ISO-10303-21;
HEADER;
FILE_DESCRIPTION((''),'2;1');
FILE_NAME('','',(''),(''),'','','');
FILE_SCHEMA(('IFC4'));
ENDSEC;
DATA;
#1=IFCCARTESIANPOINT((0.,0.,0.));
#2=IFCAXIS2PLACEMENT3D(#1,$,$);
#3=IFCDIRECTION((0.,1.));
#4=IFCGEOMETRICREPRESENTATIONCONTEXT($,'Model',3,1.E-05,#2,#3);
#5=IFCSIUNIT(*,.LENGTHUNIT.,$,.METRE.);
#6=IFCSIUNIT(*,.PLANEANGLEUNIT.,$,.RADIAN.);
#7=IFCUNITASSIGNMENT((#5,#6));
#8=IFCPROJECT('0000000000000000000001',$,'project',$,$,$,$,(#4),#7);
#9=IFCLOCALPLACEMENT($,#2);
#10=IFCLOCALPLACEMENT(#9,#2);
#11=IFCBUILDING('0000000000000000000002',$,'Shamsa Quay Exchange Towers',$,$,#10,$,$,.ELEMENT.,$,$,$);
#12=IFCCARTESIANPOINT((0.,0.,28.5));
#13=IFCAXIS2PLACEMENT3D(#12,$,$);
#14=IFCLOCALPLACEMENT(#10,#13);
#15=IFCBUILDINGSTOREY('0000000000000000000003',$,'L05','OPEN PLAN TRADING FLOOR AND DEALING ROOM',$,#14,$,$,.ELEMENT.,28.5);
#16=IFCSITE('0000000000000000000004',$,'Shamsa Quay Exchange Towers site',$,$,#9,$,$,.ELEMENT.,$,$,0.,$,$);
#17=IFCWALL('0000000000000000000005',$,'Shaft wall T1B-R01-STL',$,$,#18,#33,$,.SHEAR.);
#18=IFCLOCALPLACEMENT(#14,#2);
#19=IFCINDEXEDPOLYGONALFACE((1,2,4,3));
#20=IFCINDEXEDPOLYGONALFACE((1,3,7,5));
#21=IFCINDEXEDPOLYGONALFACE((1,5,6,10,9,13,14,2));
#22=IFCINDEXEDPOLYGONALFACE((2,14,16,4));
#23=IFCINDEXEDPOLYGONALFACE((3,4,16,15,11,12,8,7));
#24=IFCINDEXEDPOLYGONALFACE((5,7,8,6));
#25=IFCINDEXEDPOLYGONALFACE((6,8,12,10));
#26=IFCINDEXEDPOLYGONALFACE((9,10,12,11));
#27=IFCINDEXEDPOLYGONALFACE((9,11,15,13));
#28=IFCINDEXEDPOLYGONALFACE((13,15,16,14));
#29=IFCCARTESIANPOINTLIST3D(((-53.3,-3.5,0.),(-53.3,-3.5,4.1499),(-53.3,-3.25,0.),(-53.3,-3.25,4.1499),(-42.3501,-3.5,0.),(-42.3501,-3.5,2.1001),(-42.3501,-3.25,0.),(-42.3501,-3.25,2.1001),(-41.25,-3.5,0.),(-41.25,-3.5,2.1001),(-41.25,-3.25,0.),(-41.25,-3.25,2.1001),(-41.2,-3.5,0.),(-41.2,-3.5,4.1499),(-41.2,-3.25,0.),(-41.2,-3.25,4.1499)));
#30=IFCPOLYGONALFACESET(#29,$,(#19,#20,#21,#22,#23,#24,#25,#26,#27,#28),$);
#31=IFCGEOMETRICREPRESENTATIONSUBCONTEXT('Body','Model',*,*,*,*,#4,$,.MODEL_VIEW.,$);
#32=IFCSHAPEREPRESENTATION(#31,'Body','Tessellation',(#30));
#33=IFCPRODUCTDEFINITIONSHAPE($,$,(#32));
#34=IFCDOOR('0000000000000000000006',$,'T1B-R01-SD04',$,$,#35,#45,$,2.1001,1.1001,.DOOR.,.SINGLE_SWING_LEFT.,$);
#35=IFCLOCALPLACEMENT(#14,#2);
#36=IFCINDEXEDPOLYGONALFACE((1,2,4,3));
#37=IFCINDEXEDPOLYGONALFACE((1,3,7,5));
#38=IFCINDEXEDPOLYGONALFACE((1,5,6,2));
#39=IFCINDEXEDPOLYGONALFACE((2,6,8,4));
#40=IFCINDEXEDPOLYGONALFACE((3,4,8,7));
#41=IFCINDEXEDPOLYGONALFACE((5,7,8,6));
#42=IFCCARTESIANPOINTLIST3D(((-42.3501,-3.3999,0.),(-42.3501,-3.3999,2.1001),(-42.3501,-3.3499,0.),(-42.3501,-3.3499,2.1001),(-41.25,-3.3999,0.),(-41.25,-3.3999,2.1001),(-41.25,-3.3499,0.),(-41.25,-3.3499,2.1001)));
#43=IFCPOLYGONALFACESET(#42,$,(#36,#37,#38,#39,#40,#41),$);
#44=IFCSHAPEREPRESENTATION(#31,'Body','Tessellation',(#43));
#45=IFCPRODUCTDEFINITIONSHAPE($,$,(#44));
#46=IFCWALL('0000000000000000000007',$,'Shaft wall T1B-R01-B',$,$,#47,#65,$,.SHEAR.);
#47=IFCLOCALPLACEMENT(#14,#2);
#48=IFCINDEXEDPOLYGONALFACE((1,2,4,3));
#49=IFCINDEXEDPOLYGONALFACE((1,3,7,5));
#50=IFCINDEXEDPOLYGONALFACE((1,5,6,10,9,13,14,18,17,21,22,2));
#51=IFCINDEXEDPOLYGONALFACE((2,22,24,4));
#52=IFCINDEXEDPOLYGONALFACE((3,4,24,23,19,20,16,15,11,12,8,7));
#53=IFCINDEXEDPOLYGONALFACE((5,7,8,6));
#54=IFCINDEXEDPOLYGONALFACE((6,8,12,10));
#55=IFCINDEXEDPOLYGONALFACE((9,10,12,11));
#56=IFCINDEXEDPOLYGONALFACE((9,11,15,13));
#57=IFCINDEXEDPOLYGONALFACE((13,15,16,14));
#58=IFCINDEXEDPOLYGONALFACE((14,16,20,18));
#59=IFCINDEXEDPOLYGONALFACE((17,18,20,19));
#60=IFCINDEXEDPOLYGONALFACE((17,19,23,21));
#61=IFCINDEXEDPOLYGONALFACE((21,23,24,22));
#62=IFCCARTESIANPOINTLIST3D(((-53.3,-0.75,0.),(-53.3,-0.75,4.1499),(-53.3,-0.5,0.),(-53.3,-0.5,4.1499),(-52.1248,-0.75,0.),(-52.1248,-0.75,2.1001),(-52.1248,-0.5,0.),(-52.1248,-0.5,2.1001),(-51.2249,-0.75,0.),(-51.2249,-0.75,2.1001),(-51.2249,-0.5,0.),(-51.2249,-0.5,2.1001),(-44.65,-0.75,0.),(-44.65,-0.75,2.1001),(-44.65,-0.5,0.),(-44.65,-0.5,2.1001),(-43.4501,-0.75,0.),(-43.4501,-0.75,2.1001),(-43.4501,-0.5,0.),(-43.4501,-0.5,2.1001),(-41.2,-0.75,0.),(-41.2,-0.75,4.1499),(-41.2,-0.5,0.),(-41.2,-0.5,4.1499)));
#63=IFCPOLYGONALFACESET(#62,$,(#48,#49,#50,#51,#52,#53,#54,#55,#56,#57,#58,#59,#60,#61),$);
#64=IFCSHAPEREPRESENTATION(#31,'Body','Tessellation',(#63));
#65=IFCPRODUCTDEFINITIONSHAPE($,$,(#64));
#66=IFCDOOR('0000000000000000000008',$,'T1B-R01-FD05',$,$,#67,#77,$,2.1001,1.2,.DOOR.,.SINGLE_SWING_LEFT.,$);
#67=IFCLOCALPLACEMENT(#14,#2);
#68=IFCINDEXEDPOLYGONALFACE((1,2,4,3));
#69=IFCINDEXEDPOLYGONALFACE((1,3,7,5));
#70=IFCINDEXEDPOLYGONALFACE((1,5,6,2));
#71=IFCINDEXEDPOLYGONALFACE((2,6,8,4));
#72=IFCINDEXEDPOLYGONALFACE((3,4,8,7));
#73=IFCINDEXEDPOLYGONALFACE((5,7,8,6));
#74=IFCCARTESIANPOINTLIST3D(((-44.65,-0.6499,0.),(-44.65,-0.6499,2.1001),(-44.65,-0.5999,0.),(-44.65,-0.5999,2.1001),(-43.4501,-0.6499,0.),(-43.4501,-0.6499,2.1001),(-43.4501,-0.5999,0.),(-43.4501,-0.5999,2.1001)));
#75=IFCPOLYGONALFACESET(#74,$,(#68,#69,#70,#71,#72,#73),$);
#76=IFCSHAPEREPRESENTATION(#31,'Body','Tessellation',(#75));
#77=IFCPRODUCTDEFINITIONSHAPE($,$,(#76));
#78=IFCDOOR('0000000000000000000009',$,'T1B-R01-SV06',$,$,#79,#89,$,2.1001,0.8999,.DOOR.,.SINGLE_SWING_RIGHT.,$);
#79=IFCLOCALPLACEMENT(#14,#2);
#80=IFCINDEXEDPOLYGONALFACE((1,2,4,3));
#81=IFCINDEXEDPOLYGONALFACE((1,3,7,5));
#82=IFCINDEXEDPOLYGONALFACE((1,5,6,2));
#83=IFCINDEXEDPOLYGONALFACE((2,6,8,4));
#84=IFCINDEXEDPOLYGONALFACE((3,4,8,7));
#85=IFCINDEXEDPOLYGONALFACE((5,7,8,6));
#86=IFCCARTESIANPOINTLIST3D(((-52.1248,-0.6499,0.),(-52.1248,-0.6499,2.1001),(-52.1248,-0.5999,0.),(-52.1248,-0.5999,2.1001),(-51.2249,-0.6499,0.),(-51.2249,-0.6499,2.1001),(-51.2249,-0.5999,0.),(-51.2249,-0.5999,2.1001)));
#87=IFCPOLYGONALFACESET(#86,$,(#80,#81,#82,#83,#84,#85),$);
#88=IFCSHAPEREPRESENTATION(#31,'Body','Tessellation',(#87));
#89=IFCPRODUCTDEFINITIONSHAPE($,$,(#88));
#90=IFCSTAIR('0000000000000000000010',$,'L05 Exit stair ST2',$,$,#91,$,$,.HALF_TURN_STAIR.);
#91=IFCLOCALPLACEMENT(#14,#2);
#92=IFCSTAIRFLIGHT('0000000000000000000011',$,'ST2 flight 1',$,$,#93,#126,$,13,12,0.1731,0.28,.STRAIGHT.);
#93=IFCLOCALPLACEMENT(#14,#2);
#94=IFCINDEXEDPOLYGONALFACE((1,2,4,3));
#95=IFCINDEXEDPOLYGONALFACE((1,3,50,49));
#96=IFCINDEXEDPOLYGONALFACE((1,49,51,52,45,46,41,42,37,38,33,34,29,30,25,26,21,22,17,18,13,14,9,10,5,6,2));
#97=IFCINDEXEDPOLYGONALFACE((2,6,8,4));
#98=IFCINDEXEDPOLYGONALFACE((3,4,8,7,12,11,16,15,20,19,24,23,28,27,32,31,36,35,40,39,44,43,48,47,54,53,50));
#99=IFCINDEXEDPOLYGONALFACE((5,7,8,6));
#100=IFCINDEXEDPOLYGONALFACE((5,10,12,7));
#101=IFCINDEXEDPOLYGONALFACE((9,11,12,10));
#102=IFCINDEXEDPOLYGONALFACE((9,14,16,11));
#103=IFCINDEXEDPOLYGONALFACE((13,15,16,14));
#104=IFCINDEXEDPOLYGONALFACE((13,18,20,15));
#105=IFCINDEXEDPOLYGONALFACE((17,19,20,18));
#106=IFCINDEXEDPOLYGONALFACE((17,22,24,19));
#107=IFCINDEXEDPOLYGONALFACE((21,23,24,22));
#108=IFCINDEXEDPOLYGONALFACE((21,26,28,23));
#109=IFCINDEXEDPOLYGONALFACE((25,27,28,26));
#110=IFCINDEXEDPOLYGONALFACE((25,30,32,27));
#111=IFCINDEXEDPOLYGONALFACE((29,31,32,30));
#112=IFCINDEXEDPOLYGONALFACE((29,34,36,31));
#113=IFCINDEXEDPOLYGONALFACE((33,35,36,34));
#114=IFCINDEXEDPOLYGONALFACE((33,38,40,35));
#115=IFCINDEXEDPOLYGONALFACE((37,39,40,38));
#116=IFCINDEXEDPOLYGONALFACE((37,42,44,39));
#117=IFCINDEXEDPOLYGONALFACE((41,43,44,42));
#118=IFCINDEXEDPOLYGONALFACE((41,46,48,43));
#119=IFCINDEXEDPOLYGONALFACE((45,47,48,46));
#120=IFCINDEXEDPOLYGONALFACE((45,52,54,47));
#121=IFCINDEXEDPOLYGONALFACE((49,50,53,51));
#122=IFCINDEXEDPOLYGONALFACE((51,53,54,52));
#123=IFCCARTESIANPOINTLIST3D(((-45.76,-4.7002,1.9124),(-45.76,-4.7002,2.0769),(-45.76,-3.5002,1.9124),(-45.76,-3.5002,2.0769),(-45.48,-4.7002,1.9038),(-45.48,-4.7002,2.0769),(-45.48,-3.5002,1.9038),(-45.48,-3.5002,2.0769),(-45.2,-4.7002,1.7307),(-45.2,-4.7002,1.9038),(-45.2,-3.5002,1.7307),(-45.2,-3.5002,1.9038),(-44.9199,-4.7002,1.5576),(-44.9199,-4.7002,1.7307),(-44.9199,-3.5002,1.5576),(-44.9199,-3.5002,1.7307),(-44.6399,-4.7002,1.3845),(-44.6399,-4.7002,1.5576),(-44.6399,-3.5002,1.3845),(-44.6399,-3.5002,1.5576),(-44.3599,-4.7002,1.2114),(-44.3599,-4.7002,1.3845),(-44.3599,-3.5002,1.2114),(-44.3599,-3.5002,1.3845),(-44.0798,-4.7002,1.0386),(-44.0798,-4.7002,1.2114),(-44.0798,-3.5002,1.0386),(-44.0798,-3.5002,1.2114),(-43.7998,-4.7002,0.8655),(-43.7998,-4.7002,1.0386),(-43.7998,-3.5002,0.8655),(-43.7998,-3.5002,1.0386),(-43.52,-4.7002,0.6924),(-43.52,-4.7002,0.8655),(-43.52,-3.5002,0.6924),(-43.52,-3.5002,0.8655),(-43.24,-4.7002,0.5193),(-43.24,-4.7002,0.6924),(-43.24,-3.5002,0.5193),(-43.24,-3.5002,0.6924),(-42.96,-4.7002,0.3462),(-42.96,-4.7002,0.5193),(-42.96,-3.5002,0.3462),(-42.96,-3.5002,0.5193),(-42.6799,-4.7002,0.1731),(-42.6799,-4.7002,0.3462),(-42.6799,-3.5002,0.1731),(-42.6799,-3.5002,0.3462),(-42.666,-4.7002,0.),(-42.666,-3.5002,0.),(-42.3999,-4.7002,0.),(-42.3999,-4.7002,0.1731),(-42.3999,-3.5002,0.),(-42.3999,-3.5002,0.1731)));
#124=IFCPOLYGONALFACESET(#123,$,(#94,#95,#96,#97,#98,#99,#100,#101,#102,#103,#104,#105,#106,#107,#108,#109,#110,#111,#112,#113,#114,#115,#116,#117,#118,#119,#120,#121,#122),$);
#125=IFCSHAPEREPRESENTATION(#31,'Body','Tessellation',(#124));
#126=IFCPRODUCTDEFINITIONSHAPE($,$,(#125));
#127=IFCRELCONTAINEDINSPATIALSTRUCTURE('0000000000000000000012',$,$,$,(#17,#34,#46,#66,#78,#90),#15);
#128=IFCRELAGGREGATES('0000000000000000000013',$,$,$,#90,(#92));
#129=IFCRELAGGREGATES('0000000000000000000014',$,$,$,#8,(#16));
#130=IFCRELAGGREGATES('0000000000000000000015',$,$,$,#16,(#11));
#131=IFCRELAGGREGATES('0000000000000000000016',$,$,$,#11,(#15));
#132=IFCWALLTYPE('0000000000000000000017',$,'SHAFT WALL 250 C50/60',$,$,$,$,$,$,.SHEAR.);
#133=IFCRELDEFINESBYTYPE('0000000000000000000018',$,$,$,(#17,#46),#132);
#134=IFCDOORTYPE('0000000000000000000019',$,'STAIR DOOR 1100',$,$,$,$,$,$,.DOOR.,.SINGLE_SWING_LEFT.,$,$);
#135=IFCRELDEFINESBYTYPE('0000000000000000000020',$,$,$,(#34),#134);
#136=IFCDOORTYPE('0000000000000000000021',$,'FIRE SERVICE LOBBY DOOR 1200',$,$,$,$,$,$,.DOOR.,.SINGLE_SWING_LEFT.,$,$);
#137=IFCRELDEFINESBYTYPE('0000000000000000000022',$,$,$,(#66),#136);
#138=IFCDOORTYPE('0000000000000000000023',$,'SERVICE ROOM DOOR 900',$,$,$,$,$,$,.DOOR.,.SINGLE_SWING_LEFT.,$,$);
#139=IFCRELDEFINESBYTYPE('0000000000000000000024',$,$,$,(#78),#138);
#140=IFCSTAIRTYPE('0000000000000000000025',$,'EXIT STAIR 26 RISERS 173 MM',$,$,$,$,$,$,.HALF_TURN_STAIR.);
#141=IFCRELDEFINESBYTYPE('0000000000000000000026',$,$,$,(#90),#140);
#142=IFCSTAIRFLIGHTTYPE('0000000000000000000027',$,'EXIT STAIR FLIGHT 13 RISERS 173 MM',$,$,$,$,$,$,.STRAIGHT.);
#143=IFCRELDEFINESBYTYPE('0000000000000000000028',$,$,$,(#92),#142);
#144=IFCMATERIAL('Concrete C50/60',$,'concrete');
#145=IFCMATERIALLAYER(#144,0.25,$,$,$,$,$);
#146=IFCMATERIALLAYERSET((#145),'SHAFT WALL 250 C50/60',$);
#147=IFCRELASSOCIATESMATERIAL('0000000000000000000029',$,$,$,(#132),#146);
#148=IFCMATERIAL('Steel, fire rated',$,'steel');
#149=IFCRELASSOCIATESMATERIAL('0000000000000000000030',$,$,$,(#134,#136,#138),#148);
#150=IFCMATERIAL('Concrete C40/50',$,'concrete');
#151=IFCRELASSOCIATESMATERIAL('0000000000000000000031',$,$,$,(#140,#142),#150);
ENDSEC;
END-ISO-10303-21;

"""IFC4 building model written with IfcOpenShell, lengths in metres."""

from ifc_helpers import new_model, si_unit, direction, frame, frame_2d, origin, place, context, subcontext, project, spatial, polyline, rectangle, outline, extrude, material, layer, layer_set, type_object, element, fill, aggregate, save


model = new_model("IFC4")

# Units and contexts
model_context = context("Model", 3, precision=1e-05, world=origin(), true_north=direction((0.0, 1.0)))
body_context = subcontext(model_context, "Body", "Model", "MODEL_VIEW")
ifc_project = project(units=[si_unit("LENGTHUNIT", "METRE"), si_unit("PLANEANGLEUNIT", "RADIAN")], contexts=[model_context])

# Site, building, storey
site_placement = place(None, origin())
site = spatial("IfcSite", under=ifc_project, at=site_placement, Name="Shamsa Quay Exchange Towers site", CompositionType="ELEMENT", RefElevation=0.0)
building_placement = place(site_placement, origin())
building = spatial("IfcBuilding", under=site, at=building_placement, Name="Shamsa Quay Exchange Towers", CompositionType="ELEMENT")
storey_placement = place(building_placement, frame((0.0, 0.0, 28.5)))
storey = spatial("IfcBuildingStorey", under=building, at=storey_placement, Name="L05", Description="OPEN PLAN TRADING FLOOR AND DEALING ROOM", CompositionType="ELEMENT", Elevation=28.5)

# Shared definitions
ifc_material_1 = material(Name="Steel, fire rated", Category="steel")

# Wall, opening, door
ifc_material_2 = material(Name="Concrete C50/60", Category="concrete")
ifc_layer_1 = layer(ifc_material_2, 0.25)
ifc_layer_set_1 = layer_set([ifc_layer_1], Name="SHAFT WALL 250 C50/60")
wall_type_1 = type_object("IfcWallType", Name="SHAFT WALL 250 C50/60", PredefinedType="SHEAR", material=ifc_layer_set_1)
wall_1_placement = place(storey_placement, frame((-41.2, -3.375, 0.0), z_axis=(0.0, 0.0, 1.0), x_axis=(-1.0, 0.0, 0.0)))
wall_1 = element("IfcWall", 1, at=wall_1_placement, inside=storey, type_object=wall_type_1, Name="Shaft wall T1B-R01-STL", PredefinedType="SHEAR", context=body_context, shape_type="SweptSolid", body=[
    extrude(rectangle(XDim=12.1001, YDim=0.25, at=frame_2d((6.05, 0.0))), origin(), (0.0, 0.0, 1.0), 4.1499),
])
opening_1_placement = place(wall_1_placement, frame((0.05, 0.0, 0.0)))
opening_1 = element("IfcOpeningElement", 2, at=opening_1_placement, cuts=wall_1, PredefinedType="OPENING", context=body_context, shape_type="SweptSolid", body=[
    extrude(rectangle(XDim=1.1001, YDim=2.1001, at=frame_2d((0.55, 1.05))), frame((0.0, 0.135, 0.0), z_axis=(0.0, -1.0, 0.0), x_axis=(1.0, 0.0, 0.0)), (0.0, 0.0, 1.0), 0.27),
])
door_type_1 = type_object("IfcDoorType", Name="STAIR DOOR 1100", OperationType="SINGLE_SWING_LEFT", PredefinedType="DOOR", material=ifc_material_1)
door_1_placement = place(opening_1_placement, origin())
door_1 = element("IfcDoor", 3, at=door_1_placement, inside=storey, type_object=door_type_1, Name="T1B-R01-SD04", OperationType="SINGLE_SWING_LEFT", OverallHeight=2.1001, OverallWidth=1.1001, PredefinedType="DOOR", context=body_context, shape_type="SweptSolid", body=[
    extrude(rectangle(XDim=1.1001, YDim=2.1001, at=frame_2d((0.55, 1.05))), frame((0.0, 0.0249, 0.0), z_axis=(0.0, -1.0, 0.0), x_axis=(1.0, 0.0, 0.0)), (0.0, 0.0, 1.0), 0.05),
])
fill(opening_1, door_1)

# Wall, openings, doors
wall_2_placement = place(storey_placement, frame((-41.2, -0.625, 0.0), z_axis=(0.0, 0.0, 1.0), x_axis=(-1.0, 0.0, 0.0)))
wall_2 = element("IfcWall", 4, at=wall_2_placement, inside=storey, type_object=wall_type_1, Name="Shaft wall T1B-R01-B", PredefinedType="SHEAR", context=body_context, shape_type="SweptSolid", body=[
    extrude(rectangle(XDim=12.1001, YDim=0.25, at=frame_2d((6.05, 0.0))), origin(), (0.0, 0.0, 1.0), 4.1499),
])
opening_2_placement = place(wall_2_placement, frame((2.25, 0.0, 0.0)))
opening_2 = element("IfcOpeningElement", 5, at=opening_2_placement, cuts=wall_2, PredefinedType="OPENING", context=body_context, shape_type="SweptSolid", body=[
    extrude(rectangle(XDim=1.2, YDim=2.1001, at=frame_2d((0.6001, 1.05))), frame((0.0, 0.135, 0.0), z_axis=(0.0, -1.0, 0.0), x_axis=(1.0, 0.0, 0.0)), (0.0, 0.0, 1.0), 0.27),
])
opening_3_placement = place(wall_2_placement, frame((10.0249, 0.0, 0.0)))
opening_3 = element("IfcOpeningElement", 6, at=opening_3_placement, cuts=wall_2, PredefinedType="OPENING", context=body_context, shape_type="SweptSolid", body=[
    extrude(rectangle(XDim=0.8999, YDim=2.1001, at=frame_2d((0.45, 1.05))), frame((0.0, 0.135, 0.0), z_axis=(0.0, -1.0, 0.0), x_axis=(1.0, 0.0, 0.0)), (0.0, 0.0, 1.0), 0.27),
])
door_type_2 = type_object("IfcDoorType", Name="FIRE SERVICE LOBBY DOOR 1200", OperationType="SINGLE_SWING_LEFT", PredefinedType="DOOR", material=ifc_material_1)
door_2_placement = place(opening_2_placement, origin())
door_2 = element("IfcDoor", 7, at=door_2_placement, inside=storey, type_object=door_type_2, Name="T1B-R01-FD05", OperationType="SINGLE_SWING_LEFT", OverallHeight=2.1001, OverallWidth=1.2, PredefinedType="DOOR", context=body_context, shape_type="SweptSolid", body=[
    extrude(rectangle(XDim=1.2, YDim=2.1001, at=frame_2d((0.6001, 1.05))), frame((0.0, 0.0249, 0.0), z_axis=(0.0, -1.0, 0.0), x_axis=(1.0, 0.0, 0.0)), (0.0, 0.0, 1.0), 0.05),
])
fill(opening_2, door_2)
door_type_3 = type_object("IfcDoorType", Name="SERVICE ROOM DOOR 900", OperationType="SINGLE_SWING_LEFT", PredefinedType="DOOR", material=ifc_material_1)
door_3_placement = place(opening_3_placement, origin())
door_3 = element("IfcDoor", 8, at=door_3_placement, inside=storey, type_object=door_type_3, Name="T1B-R01-SV06", OperationType="SINGLE_SWING_RIGHT", OverallHeight=2.1001, OverallWidth=0.8999, PredefinedType="DOOR", context=body_context, shape_type="SweptSolid", body=[
    extrude(rectangle(XDim=0.8999, YDim=2.1001, at=frame_2d((0.45, 1.05))), frame((0.0, 0.0249, 0.0), z_axis=(0.0, -1.0, 0.0), x_axis=(1.0, 0.0, 0.0)), (0.0, 0.0, 1.0), 0.05),
])
fill(opening_3, door_3)

# Stair, stair flight
ifc_material_3 = material(Name="Concrete C40/50", Category="concrete")
stair_type = type_object("IfcStairType", Name="EXIT STAIR 26 RISERS 173 MM", PredefinedType="HALF_TURN_STAIR", material=ifc_material_3)
stair_placement = place(storey_placement, origin())
stair = element("IfcStair", 9, at=stair_placement, inside=storey, type_object=stair_type, Name="L05 Exit stair ST2", PredefinedType="HALF_TURN_STAIR")
stair_flight_type = type_object("IfcStairFlightType", Name="EXIT STAIR FLIGHT 13 RISERS 173 MM", PredefinedType="STRAIGHT", material=ifc_material_3)
stair_flight_placement = place(storey_placement, frame((-42.3999, -4.1001, 0.0), z_axis=(0.0, 0.0, 1.0), x_axis=(-1.0, 0.0, 0.0)))
stair_flight = element("IfcStairFlight", 10, at=stair_flight_placement, type_object=stair_flight_type, Name="ST2 flight 1", NumberOfRisers=13, NumberOfTreads=12, PredefinedType="STRAIGHT", RiserHeight=0.1731, TreadLength=0.28, context=body_context, shape_type="SweptSolid", body=[
    extrude(outline(polyline([(0.0, 0.0), (0.0, 0.1731), (0.28, 0.1731), (0.28, 0.3462), (0.5601, 0.3462), (0.5601, 0.5193), (0.8401, 0.5193), (0.8401, 0.6924), (1.1201, 0.6924), (1.1201, 0.8655), (1.3999, 0.8655), (1.3999, 1.0386), (1.6799, 1.0386), (1.6799, 1.2114), (1.96, 1.2114), (1.96, 1.3845), (2.24, 1.3845), (2.24, 1.5576), (2.52, 1.5576), (2.52, 1.7307), (2.8, 1.7307), (2.8, 1.9038), (3.0801, 1.9038), (3.0801, 2.0769), (3.3601, 2.0769), (3.3601, 2.25), (3.3601, 1.9124), (0.2661, 0.0), (0.0, 0.0)])), frame((0.0, 0.6001, 0.0), z_axis=(0.0, -1.0, 0.0), x_axis=(1.0, 0.0, 0.0)), (0.0, 0.0, 1.0), 1.2),
])
aggregate(stair, [stair_flight])

save(model, "model.ifc")
